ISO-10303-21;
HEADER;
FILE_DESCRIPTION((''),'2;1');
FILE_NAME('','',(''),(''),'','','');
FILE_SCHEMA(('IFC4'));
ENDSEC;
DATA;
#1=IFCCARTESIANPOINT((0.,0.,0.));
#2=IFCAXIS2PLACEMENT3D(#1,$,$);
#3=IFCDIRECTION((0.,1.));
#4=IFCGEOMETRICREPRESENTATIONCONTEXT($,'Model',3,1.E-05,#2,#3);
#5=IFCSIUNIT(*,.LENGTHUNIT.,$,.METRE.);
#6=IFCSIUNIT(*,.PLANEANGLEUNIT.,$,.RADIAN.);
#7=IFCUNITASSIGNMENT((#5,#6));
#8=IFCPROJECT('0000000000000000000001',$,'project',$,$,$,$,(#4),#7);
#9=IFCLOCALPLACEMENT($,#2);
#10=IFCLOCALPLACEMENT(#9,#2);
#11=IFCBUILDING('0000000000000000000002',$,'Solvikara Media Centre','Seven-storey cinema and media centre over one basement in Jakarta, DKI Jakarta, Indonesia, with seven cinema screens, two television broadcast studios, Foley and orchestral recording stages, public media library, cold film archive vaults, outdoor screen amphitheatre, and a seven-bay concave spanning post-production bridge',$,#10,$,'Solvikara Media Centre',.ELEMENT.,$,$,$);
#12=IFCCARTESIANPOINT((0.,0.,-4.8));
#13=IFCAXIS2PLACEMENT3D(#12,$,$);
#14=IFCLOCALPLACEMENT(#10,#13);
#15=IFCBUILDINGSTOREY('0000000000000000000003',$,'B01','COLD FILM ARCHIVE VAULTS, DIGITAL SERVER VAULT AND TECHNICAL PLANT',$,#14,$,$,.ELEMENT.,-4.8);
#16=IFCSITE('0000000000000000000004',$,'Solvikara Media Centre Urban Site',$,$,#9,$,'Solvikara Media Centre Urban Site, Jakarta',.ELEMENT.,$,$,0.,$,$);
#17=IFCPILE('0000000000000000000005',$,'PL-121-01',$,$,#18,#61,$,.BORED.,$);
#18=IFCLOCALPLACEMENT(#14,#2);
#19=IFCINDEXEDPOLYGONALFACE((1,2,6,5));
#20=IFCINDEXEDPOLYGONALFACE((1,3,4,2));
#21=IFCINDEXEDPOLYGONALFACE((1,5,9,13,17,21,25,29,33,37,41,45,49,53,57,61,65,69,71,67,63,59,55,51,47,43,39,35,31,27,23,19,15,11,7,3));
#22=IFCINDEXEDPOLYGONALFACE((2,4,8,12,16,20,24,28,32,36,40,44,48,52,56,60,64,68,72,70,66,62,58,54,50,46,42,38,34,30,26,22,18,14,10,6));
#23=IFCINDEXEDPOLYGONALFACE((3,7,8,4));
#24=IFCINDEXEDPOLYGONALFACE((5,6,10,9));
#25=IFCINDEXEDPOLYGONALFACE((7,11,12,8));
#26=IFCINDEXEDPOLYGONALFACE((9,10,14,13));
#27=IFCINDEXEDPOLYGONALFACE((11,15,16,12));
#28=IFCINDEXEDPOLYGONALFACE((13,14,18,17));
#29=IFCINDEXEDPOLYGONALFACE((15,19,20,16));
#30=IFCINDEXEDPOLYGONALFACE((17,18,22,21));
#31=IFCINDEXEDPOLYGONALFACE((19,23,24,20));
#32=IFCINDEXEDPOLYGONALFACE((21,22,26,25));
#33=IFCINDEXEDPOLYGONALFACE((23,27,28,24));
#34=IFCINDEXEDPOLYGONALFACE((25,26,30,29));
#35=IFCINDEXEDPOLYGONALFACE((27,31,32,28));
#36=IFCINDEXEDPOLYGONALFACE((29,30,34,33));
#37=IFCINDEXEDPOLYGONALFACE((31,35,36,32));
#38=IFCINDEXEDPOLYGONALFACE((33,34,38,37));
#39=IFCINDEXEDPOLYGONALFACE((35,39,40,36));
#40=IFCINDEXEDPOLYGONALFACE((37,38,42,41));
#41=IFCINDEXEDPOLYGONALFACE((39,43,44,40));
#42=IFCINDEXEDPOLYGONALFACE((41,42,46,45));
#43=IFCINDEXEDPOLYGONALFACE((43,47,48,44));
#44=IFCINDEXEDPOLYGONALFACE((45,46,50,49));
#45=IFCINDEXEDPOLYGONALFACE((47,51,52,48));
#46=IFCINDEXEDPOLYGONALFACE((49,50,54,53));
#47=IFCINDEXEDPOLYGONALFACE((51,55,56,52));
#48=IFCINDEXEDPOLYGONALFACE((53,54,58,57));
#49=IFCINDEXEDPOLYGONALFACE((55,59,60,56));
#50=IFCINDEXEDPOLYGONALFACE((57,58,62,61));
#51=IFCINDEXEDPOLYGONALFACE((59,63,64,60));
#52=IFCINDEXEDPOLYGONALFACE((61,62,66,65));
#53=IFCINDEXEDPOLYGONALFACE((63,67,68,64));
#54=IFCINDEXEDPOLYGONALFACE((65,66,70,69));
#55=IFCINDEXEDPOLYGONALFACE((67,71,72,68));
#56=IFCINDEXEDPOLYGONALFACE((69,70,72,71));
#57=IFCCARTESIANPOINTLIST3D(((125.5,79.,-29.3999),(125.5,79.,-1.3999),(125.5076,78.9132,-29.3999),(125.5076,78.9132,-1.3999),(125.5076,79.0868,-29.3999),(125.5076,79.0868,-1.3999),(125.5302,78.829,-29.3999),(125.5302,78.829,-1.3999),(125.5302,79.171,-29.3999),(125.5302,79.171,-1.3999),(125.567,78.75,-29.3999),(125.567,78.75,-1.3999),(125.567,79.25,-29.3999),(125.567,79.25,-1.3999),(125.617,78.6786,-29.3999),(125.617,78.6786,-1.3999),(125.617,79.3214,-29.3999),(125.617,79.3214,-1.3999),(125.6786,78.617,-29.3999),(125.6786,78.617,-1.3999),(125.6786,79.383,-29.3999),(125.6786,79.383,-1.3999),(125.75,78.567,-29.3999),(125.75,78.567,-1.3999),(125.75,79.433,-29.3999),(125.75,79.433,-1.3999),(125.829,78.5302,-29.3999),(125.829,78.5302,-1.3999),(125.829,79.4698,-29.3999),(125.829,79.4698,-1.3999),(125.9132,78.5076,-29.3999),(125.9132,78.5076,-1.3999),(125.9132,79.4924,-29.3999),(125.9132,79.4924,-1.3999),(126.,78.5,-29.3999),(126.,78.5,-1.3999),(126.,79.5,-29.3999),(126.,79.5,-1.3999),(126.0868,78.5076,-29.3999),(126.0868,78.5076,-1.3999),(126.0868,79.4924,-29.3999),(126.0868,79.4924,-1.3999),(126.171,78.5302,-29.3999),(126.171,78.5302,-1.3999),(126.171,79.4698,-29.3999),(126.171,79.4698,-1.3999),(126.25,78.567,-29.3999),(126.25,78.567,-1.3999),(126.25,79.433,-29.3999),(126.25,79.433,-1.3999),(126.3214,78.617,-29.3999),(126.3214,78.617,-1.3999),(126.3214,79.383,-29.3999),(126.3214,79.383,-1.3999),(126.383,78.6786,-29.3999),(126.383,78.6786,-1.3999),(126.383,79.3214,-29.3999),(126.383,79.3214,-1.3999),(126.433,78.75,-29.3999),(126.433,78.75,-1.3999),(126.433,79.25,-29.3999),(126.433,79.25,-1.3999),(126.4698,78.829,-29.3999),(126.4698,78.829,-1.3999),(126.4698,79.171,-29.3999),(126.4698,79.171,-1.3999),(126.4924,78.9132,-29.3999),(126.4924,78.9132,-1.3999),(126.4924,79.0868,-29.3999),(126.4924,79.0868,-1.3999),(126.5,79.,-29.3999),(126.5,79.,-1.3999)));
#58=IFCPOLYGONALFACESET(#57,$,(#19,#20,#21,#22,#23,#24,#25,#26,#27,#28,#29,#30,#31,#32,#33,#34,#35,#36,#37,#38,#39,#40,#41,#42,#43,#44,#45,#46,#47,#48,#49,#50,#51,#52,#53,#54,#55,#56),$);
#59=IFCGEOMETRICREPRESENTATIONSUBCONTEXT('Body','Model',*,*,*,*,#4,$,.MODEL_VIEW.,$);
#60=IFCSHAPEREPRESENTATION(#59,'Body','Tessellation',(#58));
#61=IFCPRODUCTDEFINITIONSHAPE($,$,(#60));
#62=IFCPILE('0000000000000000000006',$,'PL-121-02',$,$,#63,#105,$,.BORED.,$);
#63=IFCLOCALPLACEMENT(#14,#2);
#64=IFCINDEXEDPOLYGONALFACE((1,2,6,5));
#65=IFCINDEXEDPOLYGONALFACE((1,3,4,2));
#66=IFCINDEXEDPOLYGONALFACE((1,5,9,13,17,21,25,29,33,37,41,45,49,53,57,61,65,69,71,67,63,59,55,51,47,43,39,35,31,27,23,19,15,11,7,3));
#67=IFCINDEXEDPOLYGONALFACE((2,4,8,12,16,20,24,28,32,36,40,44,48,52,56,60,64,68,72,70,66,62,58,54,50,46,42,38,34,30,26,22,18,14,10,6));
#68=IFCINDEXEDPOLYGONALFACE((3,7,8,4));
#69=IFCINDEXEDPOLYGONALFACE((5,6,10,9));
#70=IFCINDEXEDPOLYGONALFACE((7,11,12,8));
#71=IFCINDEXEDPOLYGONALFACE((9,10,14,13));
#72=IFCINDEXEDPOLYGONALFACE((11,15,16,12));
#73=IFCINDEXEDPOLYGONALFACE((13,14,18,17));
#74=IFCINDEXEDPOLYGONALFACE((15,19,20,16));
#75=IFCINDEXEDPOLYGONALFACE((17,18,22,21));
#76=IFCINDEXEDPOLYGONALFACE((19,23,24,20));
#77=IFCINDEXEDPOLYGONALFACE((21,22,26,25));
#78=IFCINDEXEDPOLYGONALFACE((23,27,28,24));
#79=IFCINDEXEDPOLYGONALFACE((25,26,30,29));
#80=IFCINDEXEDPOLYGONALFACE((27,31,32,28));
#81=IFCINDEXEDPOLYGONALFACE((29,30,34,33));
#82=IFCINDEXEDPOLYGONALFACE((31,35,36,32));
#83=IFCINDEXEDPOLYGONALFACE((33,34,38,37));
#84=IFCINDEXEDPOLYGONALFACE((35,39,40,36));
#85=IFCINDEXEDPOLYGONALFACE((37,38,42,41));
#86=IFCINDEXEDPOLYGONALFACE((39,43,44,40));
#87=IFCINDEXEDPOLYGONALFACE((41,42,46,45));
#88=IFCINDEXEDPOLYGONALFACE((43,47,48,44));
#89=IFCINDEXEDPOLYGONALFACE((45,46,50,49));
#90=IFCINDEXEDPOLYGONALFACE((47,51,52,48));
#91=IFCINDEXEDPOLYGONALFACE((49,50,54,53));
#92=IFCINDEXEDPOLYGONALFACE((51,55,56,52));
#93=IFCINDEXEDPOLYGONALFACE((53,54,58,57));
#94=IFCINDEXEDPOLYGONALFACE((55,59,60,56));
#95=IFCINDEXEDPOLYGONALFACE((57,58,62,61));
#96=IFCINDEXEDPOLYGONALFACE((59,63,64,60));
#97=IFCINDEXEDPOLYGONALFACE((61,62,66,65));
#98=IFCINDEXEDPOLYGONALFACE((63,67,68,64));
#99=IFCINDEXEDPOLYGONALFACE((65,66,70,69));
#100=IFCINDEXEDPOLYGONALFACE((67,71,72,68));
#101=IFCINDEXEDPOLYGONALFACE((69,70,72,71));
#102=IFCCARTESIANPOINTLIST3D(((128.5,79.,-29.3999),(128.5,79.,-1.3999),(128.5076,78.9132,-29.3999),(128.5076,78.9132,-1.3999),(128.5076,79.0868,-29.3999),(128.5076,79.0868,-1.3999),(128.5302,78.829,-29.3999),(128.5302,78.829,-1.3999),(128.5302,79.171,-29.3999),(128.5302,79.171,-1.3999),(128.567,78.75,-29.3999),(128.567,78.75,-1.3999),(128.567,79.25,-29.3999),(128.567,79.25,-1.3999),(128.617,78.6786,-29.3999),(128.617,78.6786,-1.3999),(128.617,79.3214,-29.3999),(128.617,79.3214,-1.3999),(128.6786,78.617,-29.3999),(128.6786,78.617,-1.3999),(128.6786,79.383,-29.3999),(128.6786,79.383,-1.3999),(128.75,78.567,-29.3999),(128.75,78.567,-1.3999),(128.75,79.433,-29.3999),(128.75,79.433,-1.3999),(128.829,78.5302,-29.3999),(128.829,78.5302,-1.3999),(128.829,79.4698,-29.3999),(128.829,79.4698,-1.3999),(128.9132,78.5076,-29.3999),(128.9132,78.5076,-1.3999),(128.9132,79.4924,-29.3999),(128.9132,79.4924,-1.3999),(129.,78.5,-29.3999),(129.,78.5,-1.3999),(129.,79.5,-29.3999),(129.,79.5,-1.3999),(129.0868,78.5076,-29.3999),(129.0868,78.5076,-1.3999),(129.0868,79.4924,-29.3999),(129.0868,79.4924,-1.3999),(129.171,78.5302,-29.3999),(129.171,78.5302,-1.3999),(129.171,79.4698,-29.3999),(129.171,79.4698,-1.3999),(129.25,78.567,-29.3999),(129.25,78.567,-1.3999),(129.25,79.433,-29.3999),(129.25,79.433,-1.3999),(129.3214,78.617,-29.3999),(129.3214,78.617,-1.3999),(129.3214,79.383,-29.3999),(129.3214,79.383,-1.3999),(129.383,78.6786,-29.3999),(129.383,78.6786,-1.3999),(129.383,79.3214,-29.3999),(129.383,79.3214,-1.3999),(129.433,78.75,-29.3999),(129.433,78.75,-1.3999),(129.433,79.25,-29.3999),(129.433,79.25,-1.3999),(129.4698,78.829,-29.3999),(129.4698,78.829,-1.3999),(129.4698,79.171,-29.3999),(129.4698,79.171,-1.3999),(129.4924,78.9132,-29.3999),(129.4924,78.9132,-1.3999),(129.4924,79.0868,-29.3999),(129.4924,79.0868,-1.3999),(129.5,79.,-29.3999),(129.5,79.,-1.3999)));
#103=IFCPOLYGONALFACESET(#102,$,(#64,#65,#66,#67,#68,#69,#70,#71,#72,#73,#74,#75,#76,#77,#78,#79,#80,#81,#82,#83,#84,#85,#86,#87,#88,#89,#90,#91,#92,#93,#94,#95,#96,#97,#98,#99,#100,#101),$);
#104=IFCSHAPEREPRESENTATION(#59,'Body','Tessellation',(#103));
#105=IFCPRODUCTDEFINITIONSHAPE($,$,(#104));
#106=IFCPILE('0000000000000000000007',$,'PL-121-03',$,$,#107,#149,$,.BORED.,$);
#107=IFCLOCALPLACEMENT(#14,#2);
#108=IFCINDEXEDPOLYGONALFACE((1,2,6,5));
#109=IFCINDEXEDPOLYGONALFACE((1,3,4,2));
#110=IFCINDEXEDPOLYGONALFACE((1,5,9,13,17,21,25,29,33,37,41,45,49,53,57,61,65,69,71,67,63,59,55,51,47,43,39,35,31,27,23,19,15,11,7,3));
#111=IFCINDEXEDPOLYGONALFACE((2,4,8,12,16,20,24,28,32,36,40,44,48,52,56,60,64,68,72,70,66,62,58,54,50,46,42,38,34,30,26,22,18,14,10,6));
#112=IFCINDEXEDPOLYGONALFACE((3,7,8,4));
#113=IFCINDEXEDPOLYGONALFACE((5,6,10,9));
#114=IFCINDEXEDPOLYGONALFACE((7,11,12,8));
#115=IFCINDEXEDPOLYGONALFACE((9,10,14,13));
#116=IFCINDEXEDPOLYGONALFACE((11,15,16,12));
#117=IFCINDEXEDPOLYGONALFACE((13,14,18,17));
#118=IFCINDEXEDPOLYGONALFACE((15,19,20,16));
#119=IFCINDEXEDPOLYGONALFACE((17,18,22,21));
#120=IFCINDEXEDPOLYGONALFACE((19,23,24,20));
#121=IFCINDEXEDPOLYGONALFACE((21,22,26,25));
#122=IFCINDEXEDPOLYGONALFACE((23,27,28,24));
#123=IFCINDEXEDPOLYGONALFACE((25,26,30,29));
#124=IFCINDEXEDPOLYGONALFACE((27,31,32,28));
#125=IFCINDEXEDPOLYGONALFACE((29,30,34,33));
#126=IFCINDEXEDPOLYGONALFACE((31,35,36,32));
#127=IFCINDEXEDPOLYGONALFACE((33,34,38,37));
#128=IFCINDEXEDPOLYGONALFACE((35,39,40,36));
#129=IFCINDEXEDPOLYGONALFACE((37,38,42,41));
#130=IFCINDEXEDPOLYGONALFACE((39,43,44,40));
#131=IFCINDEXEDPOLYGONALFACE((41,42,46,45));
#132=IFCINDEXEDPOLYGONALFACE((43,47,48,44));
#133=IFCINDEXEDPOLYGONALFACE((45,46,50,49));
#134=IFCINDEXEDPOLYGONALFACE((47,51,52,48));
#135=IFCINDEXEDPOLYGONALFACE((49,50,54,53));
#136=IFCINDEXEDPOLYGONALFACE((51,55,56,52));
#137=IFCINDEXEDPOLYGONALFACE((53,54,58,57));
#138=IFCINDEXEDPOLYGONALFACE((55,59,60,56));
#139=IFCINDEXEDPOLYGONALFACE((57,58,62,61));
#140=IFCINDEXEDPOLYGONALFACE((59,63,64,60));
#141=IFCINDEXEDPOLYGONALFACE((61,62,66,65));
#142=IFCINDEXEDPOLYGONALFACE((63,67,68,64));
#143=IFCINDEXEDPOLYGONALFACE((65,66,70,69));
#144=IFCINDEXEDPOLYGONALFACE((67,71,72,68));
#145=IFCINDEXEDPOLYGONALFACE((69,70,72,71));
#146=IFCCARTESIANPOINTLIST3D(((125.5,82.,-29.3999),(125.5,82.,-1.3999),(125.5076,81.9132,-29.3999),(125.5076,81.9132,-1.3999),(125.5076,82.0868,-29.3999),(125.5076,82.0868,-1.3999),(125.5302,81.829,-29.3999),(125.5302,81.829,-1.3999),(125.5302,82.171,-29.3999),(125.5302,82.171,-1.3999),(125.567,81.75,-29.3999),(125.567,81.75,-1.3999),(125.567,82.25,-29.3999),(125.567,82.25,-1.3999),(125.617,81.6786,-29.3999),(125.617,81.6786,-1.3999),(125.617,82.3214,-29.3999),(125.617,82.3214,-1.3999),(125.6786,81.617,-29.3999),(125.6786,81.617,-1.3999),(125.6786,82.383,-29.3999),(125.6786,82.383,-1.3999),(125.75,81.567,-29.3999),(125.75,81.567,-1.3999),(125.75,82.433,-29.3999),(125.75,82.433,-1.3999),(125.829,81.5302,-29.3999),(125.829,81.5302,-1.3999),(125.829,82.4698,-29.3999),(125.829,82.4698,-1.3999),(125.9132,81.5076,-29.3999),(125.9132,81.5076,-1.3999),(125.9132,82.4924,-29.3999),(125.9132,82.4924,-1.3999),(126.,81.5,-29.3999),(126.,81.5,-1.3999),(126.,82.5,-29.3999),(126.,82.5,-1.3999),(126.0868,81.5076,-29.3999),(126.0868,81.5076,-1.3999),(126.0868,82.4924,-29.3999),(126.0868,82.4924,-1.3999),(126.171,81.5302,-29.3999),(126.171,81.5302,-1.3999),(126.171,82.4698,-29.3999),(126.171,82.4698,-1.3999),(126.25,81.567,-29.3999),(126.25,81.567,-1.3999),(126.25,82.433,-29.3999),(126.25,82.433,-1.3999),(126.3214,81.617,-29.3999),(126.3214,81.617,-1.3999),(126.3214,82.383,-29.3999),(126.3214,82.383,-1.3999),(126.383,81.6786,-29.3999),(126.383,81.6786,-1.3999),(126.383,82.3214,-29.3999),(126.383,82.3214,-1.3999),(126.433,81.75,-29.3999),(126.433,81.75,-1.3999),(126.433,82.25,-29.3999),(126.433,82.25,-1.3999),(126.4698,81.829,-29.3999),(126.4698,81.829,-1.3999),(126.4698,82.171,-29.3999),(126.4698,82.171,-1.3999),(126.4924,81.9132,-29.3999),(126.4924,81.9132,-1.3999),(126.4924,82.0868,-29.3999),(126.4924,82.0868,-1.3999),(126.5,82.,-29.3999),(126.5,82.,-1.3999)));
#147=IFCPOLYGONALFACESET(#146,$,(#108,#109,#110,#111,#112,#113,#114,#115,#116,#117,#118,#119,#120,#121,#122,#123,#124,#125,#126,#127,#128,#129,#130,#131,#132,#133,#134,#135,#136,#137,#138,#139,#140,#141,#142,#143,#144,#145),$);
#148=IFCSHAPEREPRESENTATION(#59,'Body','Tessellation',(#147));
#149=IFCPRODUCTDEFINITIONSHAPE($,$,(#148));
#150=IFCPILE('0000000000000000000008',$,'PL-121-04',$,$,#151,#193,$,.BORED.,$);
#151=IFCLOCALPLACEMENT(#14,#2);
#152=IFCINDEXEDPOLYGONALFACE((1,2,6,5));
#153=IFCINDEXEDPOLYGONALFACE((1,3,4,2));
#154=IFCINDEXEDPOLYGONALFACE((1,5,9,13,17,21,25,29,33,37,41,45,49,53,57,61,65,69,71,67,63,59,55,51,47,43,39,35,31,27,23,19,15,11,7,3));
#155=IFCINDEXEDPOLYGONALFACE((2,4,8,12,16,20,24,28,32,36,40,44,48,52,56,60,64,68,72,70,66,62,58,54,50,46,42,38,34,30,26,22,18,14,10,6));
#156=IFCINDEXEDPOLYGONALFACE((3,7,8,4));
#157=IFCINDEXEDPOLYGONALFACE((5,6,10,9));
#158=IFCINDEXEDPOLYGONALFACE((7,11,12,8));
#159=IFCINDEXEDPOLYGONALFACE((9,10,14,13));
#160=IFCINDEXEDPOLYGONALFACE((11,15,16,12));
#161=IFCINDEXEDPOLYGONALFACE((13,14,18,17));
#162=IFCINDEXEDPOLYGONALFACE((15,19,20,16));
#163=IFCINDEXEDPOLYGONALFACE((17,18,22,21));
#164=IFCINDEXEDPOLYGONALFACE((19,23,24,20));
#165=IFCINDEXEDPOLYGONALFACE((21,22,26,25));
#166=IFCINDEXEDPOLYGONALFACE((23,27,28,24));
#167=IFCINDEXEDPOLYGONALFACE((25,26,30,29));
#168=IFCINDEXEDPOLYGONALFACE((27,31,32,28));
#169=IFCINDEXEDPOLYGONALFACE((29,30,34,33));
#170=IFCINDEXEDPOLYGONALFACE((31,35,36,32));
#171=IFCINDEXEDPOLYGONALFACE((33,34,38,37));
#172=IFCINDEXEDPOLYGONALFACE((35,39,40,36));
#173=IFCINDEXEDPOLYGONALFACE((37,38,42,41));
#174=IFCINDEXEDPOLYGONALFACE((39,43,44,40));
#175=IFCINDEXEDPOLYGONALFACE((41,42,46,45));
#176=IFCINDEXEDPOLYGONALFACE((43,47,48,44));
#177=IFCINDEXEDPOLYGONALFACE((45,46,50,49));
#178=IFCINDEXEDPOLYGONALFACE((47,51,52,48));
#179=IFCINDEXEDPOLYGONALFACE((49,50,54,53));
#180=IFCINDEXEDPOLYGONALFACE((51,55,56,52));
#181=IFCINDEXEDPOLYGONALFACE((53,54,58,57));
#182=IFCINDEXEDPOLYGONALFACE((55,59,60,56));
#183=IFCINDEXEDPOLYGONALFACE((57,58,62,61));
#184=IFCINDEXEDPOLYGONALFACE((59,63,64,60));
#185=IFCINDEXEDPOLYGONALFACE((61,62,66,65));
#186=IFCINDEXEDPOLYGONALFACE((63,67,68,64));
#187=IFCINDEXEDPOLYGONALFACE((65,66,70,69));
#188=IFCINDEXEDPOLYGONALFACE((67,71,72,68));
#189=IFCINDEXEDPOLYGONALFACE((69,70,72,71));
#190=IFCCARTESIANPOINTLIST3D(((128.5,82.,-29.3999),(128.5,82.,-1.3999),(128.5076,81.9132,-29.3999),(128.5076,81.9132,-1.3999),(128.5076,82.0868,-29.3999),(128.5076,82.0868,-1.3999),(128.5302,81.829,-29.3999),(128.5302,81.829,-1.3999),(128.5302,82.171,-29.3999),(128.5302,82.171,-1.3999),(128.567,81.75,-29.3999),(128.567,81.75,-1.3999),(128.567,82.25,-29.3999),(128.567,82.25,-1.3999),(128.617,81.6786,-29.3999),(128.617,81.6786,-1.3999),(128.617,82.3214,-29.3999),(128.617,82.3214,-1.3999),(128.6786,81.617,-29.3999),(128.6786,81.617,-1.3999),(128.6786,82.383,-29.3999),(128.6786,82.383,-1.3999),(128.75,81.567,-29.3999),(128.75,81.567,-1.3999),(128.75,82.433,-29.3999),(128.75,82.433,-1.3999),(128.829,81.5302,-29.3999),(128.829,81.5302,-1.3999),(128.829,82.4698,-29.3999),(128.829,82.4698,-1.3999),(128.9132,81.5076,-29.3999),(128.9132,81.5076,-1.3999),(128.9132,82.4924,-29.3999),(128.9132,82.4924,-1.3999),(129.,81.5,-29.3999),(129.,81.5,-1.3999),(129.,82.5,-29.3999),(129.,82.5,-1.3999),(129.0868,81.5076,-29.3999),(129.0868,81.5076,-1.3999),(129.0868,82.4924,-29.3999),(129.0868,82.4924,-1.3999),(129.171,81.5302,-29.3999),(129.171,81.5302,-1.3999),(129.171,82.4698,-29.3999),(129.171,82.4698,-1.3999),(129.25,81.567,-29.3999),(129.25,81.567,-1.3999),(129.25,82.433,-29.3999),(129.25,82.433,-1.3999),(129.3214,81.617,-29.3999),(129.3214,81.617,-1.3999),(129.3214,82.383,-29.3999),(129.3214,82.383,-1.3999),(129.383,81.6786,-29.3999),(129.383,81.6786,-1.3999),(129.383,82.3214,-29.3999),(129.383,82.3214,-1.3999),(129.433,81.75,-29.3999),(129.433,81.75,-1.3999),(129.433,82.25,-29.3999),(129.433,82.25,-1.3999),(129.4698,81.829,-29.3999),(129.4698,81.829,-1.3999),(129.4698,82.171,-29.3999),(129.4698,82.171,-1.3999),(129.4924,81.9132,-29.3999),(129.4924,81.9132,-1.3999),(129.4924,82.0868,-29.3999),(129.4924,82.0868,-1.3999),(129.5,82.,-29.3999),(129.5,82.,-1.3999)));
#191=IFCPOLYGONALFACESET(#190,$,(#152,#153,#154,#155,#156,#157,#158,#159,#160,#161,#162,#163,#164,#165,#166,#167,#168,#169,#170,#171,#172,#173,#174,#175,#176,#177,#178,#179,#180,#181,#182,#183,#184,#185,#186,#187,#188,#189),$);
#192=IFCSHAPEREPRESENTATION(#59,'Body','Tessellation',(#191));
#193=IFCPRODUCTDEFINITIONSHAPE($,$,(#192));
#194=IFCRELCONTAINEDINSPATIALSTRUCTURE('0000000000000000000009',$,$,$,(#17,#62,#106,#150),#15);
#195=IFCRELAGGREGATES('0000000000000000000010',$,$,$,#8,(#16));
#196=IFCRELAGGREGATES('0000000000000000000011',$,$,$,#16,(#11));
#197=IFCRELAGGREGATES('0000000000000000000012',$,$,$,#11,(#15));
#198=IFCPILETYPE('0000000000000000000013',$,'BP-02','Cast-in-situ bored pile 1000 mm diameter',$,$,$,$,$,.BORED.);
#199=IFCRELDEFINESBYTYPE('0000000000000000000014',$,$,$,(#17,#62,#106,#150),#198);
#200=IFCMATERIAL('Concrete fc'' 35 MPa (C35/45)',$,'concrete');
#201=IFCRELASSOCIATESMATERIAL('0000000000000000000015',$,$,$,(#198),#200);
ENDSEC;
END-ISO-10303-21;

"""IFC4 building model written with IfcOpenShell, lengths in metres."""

from ifc_helpers import new_model, si_unit, direction, frame, origin, origin_2d, place, context, subcontext, project, spatial, circle, extrude, material, material_profile, profile_set, type_object, element, save


model = new_model("IFC4")

# Units and contexts
model_context = context("Model", 3, precision=1e-05, world=origin(), true_north=direction((0.0, 1.0)))
body_context = subcontext(model_context, "Body", "Model", "MODEL_VIEW")
ifc_project = project(units=[si_unit("LENGTHUNIT", "METRE"), si_unit("PLANEANGLEUNIT", "RADIAN")], contexts=[model_context])

# Site, building, storey
site_placement = place(None, origin())
site = spatial("IfcSite", under=ifc_project, at=site_placement, Name="Solvikara Media Centre Urban Site", LongName="Solvikara Media Centre Urban Site, Jakarta", CompositionType="ELEMENT", RefElevation=0.0)
building_placement = place(site_placement, origin())
building = spatial("IfcBuilding", under=site, at=building_placement, Name="Solvikara Media Centre", Description="Seven-storey cinema and media centre over one basement in Jakarta, DKI Jakarta, Indonesia, with seven cinema screens, two television broadcast studios, Foley and orchestral recording stages, public media library, cold film archive vaults, outdoor screen amphitheatre, and a seven-bay concave spanning post-production bridge", LongName="Solvikara Media Centre", CompositionType="ELEMENT")
storey_placement = place(building_placement, frame((0.0, 0.0, -4.8)))
storey = spatial("IfcBuildingStorey", under=building, at=storey_placement, Name="B01", Description="COLD FILM ARCHIVE VAULTS, DIGITAL SERVER VAULT AND TECHNICAL PLANT", CompositionType="ELEMENT", Elevation=-4.8)

# Piles
ifc_material_1 = material(Name="Concrete fc' 35 MPa (C35/45)", Category="concrete")
ifc_material_profile_1 = material_profile(ifc_material_1, circle(Radius=0.5, at=origin_2d()), Name="BORED PILE D1000")
ifc_profile_set_1 = profile_set([ifc_material_profile_1], Name="Concrete fc' 35 MPa (C35/45)")
pile_type_1 = type_object("IfcPileType", Name="BP-02", Description="Cast-in-situ bored pile 1000 mm diameter", PredefinedType="BORED", material=ifc_profile_set_1)
for number, where, z_axis, x_axis, name in (
    (1, (126.0, 79.0, -1.3999), (0.0, 0.0, -1.0), (1.0, 0.0, 0.0), "PL-121-01"),
    (2, (129.0, 79.0, -1.3999), (0.0, 0.0, -1.0), (1.0, 0.0, 0.0), "PL-121-02"),
    (3, (126.0, 82.0, -1.3999), (0.0, 0.0, -1.0), (1.0, 0.0, 0.0), "PL-121-03"),
    (4, (129.0, 82.0, -1.3999), (0.0, 0.0, -1.0), (1.0, 0.0, 0.0), "PL-121-04"),
):
    element("IfcPile", number, at=place(storey_placement, frame(where, z_axis=z_axis, x_axis=x_axis)), inside=storey, type_object=pile_type_1, Name=name, PredefinedType="BORED", context=body_context, shape_type="SweptSolid", body=[
        extrude(circle(Radius=0.5, at=origin_2d()), origin(), (0.0, 0.0, 1.0), 28.0),
    ])

save(model, "model.ifc")
